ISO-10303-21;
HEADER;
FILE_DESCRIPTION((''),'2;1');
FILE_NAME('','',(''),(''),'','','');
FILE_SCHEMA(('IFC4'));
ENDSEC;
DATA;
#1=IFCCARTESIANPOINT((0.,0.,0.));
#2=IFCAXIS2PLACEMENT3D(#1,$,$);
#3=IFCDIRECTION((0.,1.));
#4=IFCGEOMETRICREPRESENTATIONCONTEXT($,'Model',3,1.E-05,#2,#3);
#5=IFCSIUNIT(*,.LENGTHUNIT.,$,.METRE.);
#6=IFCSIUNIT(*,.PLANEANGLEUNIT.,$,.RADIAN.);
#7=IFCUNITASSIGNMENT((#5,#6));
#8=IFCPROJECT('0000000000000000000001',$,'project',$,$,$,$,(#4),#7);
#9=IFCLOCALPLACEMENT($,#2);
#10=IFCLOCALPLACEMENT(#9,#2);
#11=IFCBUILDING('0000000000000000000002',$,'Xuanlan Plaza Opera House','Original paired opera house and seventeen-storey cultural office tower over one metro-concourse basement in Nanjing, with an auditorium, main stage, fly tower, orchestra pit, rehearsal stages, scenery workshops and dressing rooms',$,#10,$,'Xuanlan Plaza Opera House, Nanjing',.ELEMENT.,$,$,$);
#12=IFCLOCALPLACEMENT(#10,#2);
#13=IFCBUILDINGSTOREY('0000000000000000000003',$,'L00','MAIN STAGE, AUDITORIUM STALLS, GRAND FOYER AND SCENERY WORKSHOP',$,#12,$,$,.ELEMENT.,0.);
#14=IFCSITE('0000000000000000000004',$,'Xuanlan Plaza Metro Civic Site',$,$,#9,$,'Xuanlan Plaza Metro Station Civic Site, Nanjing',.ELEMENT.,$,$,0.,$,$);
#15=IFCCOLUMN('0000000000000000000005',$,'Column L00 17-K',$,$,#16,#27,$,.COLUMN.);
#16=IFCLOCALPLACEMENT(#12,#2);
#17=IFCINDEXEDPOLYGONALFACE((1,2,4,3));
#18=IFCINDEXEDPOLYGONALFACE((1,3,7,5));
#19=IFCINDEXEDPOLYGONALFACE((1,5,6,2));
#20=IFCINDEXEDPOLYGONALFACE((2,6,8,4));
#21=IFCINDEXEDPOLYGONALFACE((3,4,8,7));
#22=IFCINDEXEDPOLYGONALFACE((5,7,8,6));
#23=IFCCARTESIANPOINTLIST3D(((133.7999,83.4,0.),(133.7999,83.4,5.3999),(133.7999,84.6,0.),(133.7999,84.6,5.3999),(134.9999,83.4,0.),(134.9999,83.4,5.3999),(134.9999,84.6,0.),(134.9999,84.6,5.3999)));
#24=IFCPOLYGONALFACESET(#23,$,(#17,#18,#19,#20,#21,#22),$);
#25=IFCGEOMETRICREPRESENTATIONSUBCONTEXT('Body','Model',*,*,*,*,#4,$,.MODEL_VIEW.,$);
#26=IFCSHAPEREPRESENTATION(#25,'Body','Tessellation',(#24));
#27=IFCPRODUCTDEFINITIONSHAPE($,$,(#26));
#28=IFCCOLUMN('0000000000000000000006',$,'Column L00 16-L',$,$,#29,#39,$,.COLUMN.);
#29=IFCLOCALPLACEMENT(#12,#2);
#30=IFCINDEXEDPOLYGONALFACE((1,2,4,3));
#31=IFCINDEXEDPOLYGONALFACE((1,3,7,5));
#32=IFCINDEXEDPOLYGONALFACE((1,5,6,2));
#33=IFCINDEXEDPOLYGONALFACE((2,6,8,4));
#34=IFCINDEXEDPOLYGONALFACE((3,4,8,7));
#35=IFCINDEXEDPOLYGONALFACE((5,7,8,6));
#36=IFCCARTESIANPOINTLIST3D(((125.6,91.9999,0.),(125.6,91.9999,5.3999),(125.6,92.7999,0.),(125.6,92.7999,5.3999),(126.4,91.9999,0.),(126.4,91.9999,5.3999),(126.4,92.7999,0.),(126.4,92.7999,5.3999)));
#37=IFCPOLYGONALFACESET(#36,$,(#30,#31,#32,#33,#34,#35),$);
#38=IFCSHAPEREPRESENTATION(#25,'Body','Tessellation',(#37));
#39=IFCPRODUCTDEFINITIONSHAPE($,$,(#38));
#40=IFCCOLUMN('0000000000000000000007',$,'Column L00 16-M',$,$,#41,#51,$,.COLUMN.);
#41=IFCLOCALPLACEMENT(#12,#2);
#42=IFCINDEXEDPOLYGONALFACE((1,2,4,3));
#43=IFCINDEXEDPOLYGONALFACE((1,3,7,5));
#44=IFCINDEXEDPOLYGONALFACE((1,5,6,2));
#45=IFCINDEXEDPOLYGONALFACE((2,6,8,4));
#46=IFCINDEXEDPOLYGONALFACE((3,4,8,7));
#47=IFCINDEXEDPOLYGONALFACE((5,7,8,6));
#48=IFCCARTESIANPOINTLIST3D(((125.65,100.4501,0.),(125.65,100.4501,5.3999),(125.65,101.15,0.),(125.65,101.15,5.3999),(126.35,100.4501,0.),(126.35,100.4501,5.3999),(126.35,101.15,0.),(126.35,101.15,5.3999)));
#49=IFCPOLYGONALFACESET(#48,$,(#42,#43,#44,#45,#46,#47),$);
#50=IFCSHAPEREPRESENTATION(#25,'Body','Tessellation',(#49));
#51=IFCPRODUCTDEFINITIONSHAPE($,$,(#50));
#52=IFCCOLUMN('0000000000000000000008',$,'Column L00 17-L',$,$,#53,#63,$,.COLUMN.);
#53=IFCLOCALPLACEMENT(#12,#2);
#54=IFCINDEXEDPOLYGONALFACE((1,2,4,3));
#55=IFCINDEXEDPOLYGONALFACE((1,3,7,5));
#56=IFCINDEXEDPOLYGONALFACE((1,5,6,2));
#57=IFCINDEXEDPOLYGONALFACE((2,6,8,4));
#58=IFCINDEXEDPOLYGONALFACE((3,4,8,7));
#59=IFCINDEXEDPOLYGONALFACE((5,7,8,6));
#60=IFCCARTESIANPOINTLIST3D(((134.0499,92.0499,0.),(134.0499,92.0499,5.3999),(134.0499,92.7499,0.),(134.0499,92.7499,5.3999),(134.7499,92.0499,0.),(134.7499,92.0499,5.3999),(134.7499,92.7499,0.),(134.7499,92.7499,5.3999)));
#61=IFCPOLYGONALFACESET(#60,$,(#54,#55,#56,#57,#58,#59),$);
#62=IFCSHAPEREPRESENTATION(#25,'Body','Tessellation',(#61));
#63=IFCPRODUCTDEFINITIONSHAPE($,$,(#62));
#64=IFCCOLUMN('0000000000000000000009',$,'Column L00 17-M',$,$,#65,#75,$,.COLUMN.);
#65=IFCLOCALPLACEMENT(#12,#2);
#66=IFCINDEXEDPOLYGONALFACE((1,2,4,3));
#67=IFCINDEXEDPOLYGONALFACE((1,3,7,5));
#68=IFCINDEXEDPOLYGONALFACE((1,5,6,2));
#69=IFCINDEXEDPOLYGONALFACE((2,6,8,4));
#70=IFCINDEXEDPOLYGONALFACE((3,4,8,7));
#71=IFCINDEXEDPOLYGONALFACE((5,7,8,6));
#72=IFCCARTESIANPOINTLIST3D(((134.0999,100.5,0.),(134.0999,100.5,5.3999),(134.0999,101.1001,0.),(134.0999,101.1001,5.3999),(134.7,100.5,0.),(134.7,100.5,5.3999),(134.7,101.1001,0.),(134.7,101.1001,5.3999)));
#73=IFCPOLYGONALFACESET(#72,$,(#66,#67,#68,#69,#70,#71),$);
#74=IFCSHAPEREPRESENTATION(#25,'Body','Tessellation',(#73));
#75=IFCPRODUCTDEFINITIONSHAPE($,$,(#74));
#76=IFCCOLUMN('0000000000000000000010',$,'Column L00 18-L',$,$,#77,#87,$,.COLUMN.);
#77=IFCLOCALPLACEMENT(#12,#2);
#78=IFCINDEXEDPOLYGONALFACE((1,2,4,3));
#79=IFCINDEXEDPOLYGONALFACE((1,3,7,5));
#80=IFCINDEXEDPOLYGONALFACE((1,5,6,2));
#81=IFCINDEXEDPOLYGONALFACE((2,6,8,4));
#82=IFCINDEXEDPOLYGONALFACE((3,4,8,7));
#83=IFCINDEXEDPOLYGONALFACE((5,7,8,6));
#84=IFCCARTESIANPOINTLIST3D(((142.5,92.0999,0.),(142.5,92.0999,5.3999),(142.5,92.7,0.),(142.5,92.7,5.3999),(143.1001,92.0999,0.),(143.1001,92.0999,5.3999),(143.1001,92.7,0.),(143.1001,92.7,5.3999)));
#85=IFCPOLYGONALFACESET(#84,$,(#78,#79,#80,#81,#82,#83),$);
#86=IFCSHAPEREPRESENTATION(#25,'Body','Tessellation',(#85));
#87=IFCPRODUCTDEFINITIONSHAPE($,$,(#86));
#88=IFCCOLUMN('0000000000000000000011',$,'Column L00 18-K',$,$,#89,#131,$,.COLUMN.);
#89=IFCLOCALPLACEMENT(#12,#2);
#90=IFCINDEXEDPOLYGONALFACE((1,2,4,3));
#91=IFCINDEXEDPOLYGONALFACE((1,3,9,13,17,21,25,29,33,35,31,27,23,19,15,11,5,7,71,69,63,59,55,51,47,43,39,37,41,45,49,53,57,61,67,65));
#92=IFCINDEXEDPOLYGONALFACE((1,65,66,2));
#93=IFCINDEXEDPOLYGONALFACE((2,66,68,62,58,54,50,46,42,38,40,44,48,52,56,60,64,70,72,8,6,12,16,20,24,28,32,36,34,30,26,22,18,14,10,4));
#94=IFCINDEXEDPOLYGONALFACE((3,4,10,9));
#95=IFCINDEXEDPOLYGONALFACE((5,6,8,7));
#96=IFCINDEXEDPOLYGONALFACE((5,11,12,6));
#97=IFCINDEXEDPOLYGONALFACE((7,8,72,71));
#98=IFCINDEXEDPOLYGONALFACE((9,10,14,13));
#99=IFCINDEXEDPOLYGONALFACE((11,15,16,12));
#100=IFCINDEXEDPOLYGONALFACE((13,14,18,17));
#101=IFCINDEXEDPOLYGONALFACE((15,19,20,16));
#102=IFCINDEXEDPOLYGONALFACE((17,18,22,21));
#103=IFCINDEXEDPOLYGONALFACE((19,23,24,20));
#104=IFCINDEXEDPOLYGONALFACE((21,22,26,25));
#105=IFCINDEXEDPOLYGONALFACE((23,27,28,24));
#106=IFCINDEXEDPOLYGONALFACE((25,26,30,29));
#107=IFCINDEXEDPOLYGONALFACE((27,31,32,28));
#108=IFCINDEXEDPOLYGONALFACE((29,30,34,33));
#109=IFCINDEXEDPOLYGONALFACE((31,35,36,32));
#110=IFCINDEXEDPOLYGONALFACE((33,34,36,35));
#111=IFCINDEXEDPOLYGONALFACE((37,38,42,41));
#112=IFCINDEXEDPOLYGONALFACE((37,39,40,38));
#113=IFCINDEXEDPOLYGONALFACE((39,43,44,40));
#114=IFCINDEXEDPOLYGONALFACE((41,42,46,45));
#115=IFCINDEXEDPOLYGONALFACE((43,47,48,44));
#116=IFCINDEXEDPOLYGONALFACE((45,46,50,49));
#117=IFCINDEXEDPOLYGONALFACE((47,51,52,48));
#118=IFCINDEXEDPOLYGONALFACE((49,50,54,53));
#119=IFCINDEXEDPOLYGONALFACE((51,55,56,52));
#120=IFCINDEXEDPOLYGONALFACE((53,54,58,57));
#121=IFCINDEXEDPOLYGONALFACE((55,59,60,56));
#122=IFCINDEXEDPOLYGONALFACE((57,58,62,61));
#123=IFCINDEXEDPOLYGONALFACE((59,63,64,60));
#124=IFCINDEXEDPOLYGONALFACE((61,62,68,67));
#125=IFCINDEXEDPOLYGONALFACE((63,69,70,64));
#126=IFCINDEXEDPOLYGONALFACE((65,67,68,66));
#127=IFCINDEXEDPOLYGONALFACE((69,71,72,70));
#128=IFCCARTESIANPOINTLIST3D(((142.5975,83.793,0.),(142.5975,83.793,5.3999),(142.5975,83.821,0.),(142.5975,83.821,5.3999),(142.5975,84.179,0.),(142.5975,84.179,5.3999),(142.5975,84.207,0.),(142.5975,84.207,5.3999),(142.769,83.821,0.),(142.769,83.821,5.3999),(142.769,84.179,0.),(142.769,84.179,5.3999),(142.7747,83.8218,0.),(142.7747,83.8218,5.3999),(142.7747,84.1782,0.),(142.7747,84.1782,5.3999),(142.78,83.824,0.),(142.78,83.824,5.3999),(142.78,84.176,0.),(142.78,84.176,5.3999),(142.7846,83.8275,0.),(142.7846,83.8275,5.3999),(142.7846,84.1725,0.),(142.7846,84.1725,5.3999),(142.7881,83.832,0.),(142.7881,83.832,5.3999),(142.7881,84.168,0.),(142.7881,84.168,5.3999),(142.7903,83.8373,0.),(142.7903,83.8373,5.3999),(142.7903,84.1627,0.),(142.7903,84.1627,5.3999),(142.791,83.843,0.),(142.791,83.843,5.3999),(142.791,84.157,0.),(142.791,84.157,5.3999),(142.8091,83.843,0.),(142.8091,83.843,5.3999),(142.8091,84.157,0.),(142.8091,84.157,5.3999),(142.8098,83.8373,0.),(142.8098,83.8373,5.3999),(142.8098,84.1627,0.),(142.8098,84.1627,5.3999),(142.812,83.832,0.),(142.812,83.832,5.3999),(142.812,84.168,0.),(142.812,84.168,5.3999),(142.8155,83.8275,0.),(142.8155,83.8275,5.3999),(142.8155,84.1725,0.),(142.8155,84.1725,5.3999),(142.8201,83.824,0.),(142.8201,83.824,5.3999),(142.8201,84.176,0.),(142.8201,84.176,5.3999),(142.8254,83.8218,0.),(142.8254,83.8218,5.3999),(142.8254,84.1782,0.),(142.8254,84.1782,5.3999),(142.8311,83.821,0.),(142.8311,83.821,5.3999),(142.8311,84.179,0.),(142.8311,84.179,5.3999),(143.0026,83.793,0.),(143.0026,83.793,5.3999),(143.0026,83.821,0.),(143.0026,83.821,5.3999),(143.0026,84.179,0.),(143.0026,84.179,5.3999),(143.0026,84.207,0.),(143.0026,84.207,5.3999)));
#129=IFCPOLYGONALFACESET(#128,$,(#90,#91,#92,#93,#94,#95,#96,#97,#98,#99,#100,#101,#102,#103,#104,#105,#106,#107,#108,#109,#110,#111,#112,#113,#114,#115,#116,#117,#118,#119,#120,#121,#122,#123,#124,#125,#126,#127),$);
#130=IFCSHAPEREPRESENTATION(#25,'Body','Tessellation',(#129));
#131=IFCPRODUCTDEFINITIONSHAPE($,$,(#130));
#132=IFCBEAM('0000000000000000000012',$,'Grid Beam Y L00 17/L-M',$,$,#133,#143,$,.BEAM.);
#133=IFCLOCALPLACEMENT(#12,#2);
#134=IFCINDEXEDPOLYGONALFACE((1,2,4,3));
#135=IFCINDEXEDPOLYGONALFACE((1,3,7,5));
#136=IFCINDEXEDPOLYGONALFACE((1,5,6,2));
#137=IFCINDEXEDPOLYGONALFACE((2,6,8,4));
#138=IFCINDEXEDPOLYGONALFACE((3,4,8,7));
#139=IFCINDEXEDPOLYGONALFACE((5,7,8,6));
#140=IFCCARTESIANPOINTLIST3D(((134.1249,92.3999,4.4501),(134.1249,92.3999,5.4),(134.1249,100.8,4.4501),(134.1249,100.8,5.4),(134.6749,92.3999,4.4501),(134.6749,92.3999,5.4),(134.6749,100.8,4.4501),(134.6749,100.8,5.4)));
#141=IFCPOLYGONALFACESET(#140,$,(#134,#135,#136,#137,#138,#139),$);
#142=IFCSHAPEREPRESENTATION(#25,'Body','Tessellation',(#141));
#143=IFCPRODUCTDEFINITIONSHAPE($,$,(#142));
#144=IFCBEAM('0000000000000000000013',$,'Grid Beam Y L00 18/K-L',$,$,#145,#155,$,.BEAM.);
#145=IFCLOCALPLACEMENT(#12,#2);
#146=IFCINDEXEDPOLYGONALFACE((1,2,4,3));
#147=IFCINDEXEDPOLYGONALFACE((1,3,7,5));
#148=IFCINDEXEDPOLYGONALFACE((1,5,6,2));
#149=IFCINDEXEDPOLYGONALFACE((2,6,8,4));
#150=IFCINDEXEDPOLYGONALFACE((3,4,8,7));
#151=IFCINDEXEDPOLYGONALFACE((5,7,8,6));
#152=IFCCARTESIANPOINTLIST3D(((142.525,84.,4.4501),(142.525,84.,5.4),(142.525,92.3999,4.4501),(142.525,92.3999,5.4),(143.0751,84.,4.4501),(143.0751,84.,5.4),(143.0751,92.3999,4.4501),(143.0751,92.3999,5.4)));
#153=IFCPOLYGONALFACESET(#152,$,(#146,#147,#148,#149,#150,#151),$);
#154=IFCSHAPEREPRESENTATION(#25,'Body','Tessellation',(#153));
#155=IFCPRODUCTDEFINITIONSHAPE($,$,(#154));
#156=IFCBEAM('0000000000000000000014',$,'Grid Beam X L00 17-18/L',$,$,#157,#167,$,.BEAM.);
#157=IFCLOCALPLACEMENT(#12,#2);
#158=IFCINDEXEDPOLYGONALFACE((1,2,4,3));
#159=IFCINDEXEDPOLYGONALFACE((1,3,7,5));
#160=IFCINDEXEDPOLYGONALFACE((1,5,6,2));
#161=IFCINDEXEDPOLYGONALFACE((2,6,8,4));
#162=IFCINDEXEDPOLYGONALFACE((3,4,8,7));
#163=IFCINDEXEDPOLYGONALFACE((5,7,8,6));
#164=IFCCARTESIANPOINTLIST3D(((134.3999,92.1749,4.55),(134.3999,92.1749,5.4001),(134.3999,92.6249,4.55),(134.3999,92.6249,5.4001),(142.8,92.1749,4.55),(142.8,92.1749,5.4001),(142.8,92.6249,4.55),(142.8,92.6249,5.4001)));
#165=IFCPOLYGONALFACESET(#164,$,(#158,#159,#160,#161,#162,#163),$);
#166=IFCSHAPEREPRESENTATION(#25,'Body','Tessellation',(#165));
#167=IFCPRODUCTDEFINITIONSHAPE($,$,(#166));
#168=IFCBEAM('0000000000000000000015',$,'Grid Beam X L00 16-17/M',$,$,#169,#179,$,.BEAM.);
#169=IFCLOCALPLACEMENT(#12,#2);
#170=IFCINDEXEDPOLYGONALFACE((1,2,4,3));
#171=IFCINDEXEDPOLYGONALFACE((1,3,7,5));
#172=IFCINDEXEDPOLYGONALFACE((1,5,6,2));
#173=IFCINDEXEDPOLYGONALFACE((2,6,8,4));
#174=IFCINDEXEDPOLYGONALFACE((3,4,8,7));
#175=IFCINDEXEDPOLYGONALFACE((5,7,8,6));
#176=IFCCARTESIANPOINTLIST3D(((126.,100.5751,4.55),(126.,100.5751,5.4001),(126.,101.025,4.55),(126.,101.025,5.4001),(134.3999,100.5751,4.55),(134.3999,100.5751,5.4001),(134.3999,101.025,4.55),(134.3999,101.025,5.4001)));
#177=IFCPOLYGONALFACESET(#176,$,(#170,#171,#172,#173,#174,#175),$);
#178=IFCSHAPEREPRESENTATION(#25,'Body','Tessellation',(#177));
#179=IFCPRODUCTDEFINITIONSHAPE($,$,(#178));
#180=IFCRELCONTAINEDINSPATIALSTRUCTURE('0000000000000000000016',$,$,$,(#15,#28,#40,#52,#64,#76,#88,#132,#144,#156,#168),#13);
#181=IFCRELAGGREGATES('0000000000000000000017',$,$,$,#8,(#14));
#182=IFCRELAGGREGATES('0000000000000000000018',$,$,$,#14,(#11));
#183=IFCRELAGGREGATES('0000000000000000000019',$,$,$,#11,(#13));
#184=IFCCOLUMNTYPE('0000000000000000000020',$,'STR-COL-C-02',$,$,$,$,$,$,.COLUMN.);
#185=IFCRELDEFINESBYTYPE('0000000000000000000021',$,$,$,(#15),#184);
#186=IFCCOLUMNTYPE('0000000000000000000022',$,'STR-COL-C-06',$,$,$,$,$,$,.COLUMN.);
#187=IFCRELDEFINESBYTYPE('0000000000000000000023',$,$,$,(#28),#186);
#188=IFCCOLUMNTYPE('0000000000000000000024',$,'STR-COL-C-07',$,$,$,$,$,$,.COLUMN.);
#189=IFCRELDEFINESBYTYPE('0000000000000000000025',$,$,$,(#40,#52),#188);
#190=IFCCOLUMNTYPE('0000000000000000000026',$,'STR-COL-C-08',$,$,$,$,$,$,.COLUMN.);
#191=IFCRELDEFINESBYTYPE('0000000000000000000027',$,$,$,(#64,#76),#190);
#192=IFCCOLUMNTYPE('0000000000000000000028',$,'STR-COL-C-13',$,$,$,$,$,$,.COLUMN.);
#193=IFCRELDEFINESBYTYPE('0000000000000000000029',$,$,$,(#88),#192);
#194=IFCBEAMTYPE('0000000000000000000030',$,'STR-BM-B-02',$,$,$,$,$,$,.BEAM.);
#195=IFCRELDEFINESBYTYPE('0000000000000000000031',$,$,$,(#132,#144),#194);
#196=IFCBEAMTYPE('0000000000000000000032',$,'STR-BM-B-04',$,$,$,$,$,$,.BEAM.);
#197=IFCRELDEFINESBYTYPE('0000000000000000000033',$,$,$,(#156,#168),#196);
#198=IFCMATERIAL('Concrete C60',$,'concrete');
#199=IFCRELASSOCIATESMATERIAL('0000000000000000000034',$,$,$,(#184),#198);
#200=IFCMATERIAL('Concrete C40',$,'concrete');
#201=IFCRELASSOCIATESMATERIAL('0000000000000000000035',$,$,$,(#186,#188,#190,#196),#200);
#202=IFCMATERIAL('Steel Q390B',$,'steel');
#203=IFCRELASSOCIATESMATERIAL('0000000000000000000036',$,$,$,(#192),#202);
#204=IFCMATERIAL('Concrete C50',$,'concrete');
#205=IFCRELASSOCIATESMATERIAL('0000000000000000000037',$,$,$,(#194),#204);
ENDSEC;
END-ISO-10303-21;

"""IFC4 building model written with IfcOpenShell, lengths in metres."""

from ifc_helpers import new_model, si_unit, direction, frame, origin, origin_2d, place, context, subcontext, project, spatial, rectangle, i_section, extrude, material, material_profile, profile_set, type_object, element, save


model = new_model("IFC4")

# Units and contexts
model_context = context("Model", 3, precision=1e-05, world=origin(), true_north=direction((0.0, 1.0)))
body_context = subcontext(model_context, "Body", "Model", "MODEL_VIEW")
ifc_project = project(units=[si_unit("LENGTHUNIT", "METRE"), si_unit("PLANEANGLEUNIT", "RADIAN")], contexts=[model_context])

# Site, building, storey
site_placement = place(None, origin())
site = spatial("IfcSite", under=ifc_project, at=site_placement, Name="Xuanlan Plaza Metro Civic Site", LongName="Xuanlan Plaza Metro Station Civic Site, Nanjing", CompositionType="ELEMENT", RefElevation=0.0)
building_placement = place(site_placement, origin())
building = spatial("IfcBuilding", under=site, at=building_placement, Name="Xuanlan Plaza Opera House", Description="Original paired opera house and seventeen-storey cultural office tower over one metro-concourse basement in Nanjing, with an auditorium, main stage, fly tower, orchestra pit, rehearsal stages, scenery workshops and dressing rooms", LongName="Xuanlan Plaza Opera House, Nanjing", CompositionType="ELEMENT")
storey_placement = place(building_placement, origin())
storey = spatial("IfcBuildingStorey", under=building, at=storey_placement, Name="L00", Description="MAIN STAGE, AUDITORIUM STALLS, GRAND FOYER AND SCENERY WORKSHOP", CompositionType="ELEMENT", Elevation=0.0)

# Columns
ifc_material_1 = material(Name="Concrete C60", Category="concrete")
ifc_material_profile_1 = material_profile(ifc_material_1, rectangle(XDim=1.2, YDim=1.2, at=origin_2d()), Name="RC-COL 1200x1200")
ifc_profile_set_1 = profile_set([ifc_material_profile_1], Name="Concrete C60")
column_type_1 = type_object("IfcColumnType", Name="STR-COL-C-02", PredefinedType="COLUMN", material=ifc_profile_set_1)
column_1_placement = place(storey_placement, frame((134.3999, 84.0, 0.0), z_axis=(0.0, 0.0, 1.0), x_axis=(1.0, 0.0, 0.0)))
element("IfcColumn", 1, at=column_1_placement, inside=storey, type_object=column_type_1, Name="Column L00 17-K", PredefinedType="COLUMN", context=body_context, shape_type="SweptSolid", body=[
    extrude(rectangle(XDim=1.2, YDim=1.2, at=origin_2d()), origin(), (0.0, 0.0, 1.0), 5.3999),
])
ifc_material_2 = material(Name="Concrete C40", Category="concrete")
ifc_material_profile_2 = material_profile(ifc_material_2, rectangle(XDim=0.8, YDim=0.8, at=origin_2d()), Name="RC-COL 800x800")
ifc_profile_set_2 = profile_set([ifc_material_profile_2], Name="Concrete C40")
column_type_2 = type_object("IfcColumnType", Name="STR-COL-C-06", PredefinedType="COLUMN", material=ifc_profile_set_2)
column_2_placement = place(storey_placement, frame((126.0, 92.3999, 0.0), z_axis=(0.0, 0.0, 1.0), x_axis=(1.0, 0.0, 0.0)))
element("IfcColumn", 2, at=column_2_placement, inside=storey, type_object=column_type_2, Name="Column L00 16-L", PredefinedType="COLUMN", context=body_context, shape_type="SweptSolid", body=[
    extrude(rectangle(XDim=0.8, YDim=0.8, at=origin_2d()), origin(), (0.0, 0.0, 1.0), 5.3999),
])
ifc_material_profile_3 = material_profile(ifc_material_2, rectangle(XDim=0.7, YDim=0.7, at=origin_2d()), Name="RC-COL 700x700")
ifc_profile_set_3 = profile_set([ifc_material_profile_3], Name="Concrete C40")
column_type_3 = type_object("IfcColumnType", Name="STR-COL-C-07", PredefinedType="COLUMN", material=ifc_profile_set_3)
for number, where, z_axis, x_axis, name in (
    (3, (126.0, 100.8, 0.0), (0.0, 0.0, 1.0), (1.0, 0.0, 0.0), "Column L00 16-M"),
    (4, (134.3999, 92.3999, 0.0), (0.0, 0.0, 1.0), (1.0, 0.0, 0.0), "Column L00 17-L"),
):
    element("IfcColumn", number, at=place(storey_placement, frame(where, z_axis=z_axis, x_axis=x_axis)), inside=storey, type_object=column_type_3, Name=name, PredefinedType="COLUMN", context=body_context, shape_type="SweptSolid", body=[
        extrude(rectangle(XDim=0.7, YDim=0.7, at=origin_2d()), origin(), (0.0, 0.0, 1.0), 5.3999),
    ])
ifc_material_profile_4 = material_profile(ifc_material_2, rectangle(XDim=0.6001, YDim=0.6001, at=origin_2d()), Name="RC-COL 600x600")
ifc_profile_set_4 = profile_set([ifc_material_profile_4], Name="Concrete C40")
column_type_4 = type_object("IfcColumnType", Name="STR-COL-C-08", PredefinedType="COLUMN", material=ifc_profile_set_4)
for number, where, z_axis, x_axis, name in (
    (5, (134.3999, 100.8, 0.0), (0.0, 0.0, 1.0), (1.0, 0.0, 0.0), "Column L00 17-M"),
    (6, (142.8, 92.3999, 0.0), (0.0, 0.0, 1.0), (1.0, 0.0, 0.0), "Column L00 18-L"),
):
    element("IfcColumn", number, at=place(storey_placement, frame(where, z_axis=z_axis, x_axis=x_axis)), inside=storey, type_object=column_type_4, Name=name, PredefinedType="COLUMN", context=body_context, shape_type="SweptSolid", body=[
        extrude(rectangle(XDim=0.6001, YDim=0.6001, at=origin_2d()), origin(), (0.0, 0.0, 1.0), 5.3999),
    ])
ifc_material_3 = material(Name="Steel Q390B", Category="steel")
ifc_material_profile_5 = material_profile(ifc_material_3, i_section(OverallWidth=0.405, OverallDepth=0.4141, WebThickness=0.0181, FlangeThickness=0.0281, FilletRadius=0.022, at=origin_2d()), Name="HW 414x405x18x28")
ifc_profile_set_5 = profile_set([ifc_material_profile_5], Name="Steel Q390B")
column_type_5 = type_object("IfcColumnType", Name="STR-COL-C-13", PredefinedType="COLUMN", material=ifc_profile_set_5)
column_3_placement = place(storey_placement, frame((142.8, 84.0, 0.0), z_axis=(0.0, 0.0, 1.0), x_axis=(1.0, 0.0, 0.0)))
element("IfcColumn", 7, at=column_3_placement, inside=storey, type_object=column_type_5, Name="Column L00 18-K", PredefinedType="COLUMN", context=body_context, shape_type="SweptSolid", body=[
    extrude(i_section(OverallWidth=0.405, OverallDepth=0.4141, WebThickness=0.0181, FlangeThickness=0.0281, FilletRadius=0.022, at=origin_2d()), origin(), (0.0, 0.0, 1.0), 5.3999),
])

# Beams
ifc_material_4 = material(Name="Concrete C50", Category="concrete")
ifc_material_profile_6 = material_profile(ifc_material_4, rectangle(XDim=0.55, YDim=0.95, at=origin_2d()), Name="RC-BM 550x950")
ifc_profile_set_6 = profile_set([ifc_material_profile_6], Name="Concrete C50")
beam_type_1 = type_object("IfcBeamType", Name="STR-BM-B-02", PredefinedType="BEAM", material=ifc_profile_set_6)
beam_1_placement = place(storey_placement, frame((134.3999, 92.3999, 4.925), z_axis=(0.0, 1.0, 0.0), x_axis=(-1.0, 0.0, 0.0)))
element("IfcBeam", 8, at=beam_1_placement, inside=storey, type_object=beam_type_1, Name="Grid Beam Y L00 17/L-M", PredefinedType="BEAM", context=body_context, shape_type="SweptSolid", body=[
    extrude(rectangle(XDim=0.55, YDim=0.95, at=origin_2d()), origin(), (0.0, 0.0, 1.0), 8.4001),
])
beam_2_placement = place(storey_placement, frame((142.8, 84.0, 4.925), z_axis=(0.0, 1.0, 0.0), x_axis=(-1.0, 0.0, 0.0)))
element("IfcBeam", 9, at=beam_2_placement, inside=storey, type_object=beam_type_1, Name="Grid Beam Y L00 18/K-L", PredefinedType="BEAM", context=body_context, shape_type="SweptSolid", body=[
    extrude(rectangle(XDim=0.55, YDim=0.95, at=origin_2d()), origin(), (0.0, 0.0, 1.0), 8.3999),
])
ifc_material_profile_7 = material_profile(ifc_material_2, rectangle(XDim=0.45, YDim=0.8501, at=origin_2d()), Name="RC-BM 450x850")
ifc_profile_set_7 = profile_set([ifc_material_profile_7], Name="Concrete C40")
beam_type_2 = type_object("IfcBeamType", Name="STR-BM-B-04", PredefinedType="BEAM", material=ifc_profile_set_7)
beam_3_placement = place(storey_placement, frame((134.3999, 92.3999, 4.9751), z_axis=(1.0, 0.0, 0.0), x_axis=(0.0, 1.0, 0.0)))
element("IfcBeam", 10, at=beam_3_placement, inside=storey, type_object=beam_type_2, Name="Grid Beam X L00 17-18/L", PredefinedType="BEAM", context=body_context, shape_type="SweptSolid", body=[
    extrude(rectangle(XDim=0.45, YDim=0.8501, at=origin_2d()), origin(), (0.0, 0.0, 1.0), 8.4001),
])
beam_4_placement = place(storey_placement, frame((126.0, 100.8, 4.9751), z_axis=(1.0, 0.0, 0.0), x_axis=(0.0, 1.0, 0.0)))
element("IfcBeam", 11, at=beam_4_placement, inside=storey, type_object=beam_type_2, Name="Grid Beam X L00 16-17/M", PredefinedType="BEAM", context=body_context, shape_type="SweptSolid", body=[
    extrude(rectangle(XDim=0.45, YDim=0.8501, at=origin_2d()), origin(), (0.0, 0.0, 1.0), 8.3999),
])

save(model, "model.ifc")
